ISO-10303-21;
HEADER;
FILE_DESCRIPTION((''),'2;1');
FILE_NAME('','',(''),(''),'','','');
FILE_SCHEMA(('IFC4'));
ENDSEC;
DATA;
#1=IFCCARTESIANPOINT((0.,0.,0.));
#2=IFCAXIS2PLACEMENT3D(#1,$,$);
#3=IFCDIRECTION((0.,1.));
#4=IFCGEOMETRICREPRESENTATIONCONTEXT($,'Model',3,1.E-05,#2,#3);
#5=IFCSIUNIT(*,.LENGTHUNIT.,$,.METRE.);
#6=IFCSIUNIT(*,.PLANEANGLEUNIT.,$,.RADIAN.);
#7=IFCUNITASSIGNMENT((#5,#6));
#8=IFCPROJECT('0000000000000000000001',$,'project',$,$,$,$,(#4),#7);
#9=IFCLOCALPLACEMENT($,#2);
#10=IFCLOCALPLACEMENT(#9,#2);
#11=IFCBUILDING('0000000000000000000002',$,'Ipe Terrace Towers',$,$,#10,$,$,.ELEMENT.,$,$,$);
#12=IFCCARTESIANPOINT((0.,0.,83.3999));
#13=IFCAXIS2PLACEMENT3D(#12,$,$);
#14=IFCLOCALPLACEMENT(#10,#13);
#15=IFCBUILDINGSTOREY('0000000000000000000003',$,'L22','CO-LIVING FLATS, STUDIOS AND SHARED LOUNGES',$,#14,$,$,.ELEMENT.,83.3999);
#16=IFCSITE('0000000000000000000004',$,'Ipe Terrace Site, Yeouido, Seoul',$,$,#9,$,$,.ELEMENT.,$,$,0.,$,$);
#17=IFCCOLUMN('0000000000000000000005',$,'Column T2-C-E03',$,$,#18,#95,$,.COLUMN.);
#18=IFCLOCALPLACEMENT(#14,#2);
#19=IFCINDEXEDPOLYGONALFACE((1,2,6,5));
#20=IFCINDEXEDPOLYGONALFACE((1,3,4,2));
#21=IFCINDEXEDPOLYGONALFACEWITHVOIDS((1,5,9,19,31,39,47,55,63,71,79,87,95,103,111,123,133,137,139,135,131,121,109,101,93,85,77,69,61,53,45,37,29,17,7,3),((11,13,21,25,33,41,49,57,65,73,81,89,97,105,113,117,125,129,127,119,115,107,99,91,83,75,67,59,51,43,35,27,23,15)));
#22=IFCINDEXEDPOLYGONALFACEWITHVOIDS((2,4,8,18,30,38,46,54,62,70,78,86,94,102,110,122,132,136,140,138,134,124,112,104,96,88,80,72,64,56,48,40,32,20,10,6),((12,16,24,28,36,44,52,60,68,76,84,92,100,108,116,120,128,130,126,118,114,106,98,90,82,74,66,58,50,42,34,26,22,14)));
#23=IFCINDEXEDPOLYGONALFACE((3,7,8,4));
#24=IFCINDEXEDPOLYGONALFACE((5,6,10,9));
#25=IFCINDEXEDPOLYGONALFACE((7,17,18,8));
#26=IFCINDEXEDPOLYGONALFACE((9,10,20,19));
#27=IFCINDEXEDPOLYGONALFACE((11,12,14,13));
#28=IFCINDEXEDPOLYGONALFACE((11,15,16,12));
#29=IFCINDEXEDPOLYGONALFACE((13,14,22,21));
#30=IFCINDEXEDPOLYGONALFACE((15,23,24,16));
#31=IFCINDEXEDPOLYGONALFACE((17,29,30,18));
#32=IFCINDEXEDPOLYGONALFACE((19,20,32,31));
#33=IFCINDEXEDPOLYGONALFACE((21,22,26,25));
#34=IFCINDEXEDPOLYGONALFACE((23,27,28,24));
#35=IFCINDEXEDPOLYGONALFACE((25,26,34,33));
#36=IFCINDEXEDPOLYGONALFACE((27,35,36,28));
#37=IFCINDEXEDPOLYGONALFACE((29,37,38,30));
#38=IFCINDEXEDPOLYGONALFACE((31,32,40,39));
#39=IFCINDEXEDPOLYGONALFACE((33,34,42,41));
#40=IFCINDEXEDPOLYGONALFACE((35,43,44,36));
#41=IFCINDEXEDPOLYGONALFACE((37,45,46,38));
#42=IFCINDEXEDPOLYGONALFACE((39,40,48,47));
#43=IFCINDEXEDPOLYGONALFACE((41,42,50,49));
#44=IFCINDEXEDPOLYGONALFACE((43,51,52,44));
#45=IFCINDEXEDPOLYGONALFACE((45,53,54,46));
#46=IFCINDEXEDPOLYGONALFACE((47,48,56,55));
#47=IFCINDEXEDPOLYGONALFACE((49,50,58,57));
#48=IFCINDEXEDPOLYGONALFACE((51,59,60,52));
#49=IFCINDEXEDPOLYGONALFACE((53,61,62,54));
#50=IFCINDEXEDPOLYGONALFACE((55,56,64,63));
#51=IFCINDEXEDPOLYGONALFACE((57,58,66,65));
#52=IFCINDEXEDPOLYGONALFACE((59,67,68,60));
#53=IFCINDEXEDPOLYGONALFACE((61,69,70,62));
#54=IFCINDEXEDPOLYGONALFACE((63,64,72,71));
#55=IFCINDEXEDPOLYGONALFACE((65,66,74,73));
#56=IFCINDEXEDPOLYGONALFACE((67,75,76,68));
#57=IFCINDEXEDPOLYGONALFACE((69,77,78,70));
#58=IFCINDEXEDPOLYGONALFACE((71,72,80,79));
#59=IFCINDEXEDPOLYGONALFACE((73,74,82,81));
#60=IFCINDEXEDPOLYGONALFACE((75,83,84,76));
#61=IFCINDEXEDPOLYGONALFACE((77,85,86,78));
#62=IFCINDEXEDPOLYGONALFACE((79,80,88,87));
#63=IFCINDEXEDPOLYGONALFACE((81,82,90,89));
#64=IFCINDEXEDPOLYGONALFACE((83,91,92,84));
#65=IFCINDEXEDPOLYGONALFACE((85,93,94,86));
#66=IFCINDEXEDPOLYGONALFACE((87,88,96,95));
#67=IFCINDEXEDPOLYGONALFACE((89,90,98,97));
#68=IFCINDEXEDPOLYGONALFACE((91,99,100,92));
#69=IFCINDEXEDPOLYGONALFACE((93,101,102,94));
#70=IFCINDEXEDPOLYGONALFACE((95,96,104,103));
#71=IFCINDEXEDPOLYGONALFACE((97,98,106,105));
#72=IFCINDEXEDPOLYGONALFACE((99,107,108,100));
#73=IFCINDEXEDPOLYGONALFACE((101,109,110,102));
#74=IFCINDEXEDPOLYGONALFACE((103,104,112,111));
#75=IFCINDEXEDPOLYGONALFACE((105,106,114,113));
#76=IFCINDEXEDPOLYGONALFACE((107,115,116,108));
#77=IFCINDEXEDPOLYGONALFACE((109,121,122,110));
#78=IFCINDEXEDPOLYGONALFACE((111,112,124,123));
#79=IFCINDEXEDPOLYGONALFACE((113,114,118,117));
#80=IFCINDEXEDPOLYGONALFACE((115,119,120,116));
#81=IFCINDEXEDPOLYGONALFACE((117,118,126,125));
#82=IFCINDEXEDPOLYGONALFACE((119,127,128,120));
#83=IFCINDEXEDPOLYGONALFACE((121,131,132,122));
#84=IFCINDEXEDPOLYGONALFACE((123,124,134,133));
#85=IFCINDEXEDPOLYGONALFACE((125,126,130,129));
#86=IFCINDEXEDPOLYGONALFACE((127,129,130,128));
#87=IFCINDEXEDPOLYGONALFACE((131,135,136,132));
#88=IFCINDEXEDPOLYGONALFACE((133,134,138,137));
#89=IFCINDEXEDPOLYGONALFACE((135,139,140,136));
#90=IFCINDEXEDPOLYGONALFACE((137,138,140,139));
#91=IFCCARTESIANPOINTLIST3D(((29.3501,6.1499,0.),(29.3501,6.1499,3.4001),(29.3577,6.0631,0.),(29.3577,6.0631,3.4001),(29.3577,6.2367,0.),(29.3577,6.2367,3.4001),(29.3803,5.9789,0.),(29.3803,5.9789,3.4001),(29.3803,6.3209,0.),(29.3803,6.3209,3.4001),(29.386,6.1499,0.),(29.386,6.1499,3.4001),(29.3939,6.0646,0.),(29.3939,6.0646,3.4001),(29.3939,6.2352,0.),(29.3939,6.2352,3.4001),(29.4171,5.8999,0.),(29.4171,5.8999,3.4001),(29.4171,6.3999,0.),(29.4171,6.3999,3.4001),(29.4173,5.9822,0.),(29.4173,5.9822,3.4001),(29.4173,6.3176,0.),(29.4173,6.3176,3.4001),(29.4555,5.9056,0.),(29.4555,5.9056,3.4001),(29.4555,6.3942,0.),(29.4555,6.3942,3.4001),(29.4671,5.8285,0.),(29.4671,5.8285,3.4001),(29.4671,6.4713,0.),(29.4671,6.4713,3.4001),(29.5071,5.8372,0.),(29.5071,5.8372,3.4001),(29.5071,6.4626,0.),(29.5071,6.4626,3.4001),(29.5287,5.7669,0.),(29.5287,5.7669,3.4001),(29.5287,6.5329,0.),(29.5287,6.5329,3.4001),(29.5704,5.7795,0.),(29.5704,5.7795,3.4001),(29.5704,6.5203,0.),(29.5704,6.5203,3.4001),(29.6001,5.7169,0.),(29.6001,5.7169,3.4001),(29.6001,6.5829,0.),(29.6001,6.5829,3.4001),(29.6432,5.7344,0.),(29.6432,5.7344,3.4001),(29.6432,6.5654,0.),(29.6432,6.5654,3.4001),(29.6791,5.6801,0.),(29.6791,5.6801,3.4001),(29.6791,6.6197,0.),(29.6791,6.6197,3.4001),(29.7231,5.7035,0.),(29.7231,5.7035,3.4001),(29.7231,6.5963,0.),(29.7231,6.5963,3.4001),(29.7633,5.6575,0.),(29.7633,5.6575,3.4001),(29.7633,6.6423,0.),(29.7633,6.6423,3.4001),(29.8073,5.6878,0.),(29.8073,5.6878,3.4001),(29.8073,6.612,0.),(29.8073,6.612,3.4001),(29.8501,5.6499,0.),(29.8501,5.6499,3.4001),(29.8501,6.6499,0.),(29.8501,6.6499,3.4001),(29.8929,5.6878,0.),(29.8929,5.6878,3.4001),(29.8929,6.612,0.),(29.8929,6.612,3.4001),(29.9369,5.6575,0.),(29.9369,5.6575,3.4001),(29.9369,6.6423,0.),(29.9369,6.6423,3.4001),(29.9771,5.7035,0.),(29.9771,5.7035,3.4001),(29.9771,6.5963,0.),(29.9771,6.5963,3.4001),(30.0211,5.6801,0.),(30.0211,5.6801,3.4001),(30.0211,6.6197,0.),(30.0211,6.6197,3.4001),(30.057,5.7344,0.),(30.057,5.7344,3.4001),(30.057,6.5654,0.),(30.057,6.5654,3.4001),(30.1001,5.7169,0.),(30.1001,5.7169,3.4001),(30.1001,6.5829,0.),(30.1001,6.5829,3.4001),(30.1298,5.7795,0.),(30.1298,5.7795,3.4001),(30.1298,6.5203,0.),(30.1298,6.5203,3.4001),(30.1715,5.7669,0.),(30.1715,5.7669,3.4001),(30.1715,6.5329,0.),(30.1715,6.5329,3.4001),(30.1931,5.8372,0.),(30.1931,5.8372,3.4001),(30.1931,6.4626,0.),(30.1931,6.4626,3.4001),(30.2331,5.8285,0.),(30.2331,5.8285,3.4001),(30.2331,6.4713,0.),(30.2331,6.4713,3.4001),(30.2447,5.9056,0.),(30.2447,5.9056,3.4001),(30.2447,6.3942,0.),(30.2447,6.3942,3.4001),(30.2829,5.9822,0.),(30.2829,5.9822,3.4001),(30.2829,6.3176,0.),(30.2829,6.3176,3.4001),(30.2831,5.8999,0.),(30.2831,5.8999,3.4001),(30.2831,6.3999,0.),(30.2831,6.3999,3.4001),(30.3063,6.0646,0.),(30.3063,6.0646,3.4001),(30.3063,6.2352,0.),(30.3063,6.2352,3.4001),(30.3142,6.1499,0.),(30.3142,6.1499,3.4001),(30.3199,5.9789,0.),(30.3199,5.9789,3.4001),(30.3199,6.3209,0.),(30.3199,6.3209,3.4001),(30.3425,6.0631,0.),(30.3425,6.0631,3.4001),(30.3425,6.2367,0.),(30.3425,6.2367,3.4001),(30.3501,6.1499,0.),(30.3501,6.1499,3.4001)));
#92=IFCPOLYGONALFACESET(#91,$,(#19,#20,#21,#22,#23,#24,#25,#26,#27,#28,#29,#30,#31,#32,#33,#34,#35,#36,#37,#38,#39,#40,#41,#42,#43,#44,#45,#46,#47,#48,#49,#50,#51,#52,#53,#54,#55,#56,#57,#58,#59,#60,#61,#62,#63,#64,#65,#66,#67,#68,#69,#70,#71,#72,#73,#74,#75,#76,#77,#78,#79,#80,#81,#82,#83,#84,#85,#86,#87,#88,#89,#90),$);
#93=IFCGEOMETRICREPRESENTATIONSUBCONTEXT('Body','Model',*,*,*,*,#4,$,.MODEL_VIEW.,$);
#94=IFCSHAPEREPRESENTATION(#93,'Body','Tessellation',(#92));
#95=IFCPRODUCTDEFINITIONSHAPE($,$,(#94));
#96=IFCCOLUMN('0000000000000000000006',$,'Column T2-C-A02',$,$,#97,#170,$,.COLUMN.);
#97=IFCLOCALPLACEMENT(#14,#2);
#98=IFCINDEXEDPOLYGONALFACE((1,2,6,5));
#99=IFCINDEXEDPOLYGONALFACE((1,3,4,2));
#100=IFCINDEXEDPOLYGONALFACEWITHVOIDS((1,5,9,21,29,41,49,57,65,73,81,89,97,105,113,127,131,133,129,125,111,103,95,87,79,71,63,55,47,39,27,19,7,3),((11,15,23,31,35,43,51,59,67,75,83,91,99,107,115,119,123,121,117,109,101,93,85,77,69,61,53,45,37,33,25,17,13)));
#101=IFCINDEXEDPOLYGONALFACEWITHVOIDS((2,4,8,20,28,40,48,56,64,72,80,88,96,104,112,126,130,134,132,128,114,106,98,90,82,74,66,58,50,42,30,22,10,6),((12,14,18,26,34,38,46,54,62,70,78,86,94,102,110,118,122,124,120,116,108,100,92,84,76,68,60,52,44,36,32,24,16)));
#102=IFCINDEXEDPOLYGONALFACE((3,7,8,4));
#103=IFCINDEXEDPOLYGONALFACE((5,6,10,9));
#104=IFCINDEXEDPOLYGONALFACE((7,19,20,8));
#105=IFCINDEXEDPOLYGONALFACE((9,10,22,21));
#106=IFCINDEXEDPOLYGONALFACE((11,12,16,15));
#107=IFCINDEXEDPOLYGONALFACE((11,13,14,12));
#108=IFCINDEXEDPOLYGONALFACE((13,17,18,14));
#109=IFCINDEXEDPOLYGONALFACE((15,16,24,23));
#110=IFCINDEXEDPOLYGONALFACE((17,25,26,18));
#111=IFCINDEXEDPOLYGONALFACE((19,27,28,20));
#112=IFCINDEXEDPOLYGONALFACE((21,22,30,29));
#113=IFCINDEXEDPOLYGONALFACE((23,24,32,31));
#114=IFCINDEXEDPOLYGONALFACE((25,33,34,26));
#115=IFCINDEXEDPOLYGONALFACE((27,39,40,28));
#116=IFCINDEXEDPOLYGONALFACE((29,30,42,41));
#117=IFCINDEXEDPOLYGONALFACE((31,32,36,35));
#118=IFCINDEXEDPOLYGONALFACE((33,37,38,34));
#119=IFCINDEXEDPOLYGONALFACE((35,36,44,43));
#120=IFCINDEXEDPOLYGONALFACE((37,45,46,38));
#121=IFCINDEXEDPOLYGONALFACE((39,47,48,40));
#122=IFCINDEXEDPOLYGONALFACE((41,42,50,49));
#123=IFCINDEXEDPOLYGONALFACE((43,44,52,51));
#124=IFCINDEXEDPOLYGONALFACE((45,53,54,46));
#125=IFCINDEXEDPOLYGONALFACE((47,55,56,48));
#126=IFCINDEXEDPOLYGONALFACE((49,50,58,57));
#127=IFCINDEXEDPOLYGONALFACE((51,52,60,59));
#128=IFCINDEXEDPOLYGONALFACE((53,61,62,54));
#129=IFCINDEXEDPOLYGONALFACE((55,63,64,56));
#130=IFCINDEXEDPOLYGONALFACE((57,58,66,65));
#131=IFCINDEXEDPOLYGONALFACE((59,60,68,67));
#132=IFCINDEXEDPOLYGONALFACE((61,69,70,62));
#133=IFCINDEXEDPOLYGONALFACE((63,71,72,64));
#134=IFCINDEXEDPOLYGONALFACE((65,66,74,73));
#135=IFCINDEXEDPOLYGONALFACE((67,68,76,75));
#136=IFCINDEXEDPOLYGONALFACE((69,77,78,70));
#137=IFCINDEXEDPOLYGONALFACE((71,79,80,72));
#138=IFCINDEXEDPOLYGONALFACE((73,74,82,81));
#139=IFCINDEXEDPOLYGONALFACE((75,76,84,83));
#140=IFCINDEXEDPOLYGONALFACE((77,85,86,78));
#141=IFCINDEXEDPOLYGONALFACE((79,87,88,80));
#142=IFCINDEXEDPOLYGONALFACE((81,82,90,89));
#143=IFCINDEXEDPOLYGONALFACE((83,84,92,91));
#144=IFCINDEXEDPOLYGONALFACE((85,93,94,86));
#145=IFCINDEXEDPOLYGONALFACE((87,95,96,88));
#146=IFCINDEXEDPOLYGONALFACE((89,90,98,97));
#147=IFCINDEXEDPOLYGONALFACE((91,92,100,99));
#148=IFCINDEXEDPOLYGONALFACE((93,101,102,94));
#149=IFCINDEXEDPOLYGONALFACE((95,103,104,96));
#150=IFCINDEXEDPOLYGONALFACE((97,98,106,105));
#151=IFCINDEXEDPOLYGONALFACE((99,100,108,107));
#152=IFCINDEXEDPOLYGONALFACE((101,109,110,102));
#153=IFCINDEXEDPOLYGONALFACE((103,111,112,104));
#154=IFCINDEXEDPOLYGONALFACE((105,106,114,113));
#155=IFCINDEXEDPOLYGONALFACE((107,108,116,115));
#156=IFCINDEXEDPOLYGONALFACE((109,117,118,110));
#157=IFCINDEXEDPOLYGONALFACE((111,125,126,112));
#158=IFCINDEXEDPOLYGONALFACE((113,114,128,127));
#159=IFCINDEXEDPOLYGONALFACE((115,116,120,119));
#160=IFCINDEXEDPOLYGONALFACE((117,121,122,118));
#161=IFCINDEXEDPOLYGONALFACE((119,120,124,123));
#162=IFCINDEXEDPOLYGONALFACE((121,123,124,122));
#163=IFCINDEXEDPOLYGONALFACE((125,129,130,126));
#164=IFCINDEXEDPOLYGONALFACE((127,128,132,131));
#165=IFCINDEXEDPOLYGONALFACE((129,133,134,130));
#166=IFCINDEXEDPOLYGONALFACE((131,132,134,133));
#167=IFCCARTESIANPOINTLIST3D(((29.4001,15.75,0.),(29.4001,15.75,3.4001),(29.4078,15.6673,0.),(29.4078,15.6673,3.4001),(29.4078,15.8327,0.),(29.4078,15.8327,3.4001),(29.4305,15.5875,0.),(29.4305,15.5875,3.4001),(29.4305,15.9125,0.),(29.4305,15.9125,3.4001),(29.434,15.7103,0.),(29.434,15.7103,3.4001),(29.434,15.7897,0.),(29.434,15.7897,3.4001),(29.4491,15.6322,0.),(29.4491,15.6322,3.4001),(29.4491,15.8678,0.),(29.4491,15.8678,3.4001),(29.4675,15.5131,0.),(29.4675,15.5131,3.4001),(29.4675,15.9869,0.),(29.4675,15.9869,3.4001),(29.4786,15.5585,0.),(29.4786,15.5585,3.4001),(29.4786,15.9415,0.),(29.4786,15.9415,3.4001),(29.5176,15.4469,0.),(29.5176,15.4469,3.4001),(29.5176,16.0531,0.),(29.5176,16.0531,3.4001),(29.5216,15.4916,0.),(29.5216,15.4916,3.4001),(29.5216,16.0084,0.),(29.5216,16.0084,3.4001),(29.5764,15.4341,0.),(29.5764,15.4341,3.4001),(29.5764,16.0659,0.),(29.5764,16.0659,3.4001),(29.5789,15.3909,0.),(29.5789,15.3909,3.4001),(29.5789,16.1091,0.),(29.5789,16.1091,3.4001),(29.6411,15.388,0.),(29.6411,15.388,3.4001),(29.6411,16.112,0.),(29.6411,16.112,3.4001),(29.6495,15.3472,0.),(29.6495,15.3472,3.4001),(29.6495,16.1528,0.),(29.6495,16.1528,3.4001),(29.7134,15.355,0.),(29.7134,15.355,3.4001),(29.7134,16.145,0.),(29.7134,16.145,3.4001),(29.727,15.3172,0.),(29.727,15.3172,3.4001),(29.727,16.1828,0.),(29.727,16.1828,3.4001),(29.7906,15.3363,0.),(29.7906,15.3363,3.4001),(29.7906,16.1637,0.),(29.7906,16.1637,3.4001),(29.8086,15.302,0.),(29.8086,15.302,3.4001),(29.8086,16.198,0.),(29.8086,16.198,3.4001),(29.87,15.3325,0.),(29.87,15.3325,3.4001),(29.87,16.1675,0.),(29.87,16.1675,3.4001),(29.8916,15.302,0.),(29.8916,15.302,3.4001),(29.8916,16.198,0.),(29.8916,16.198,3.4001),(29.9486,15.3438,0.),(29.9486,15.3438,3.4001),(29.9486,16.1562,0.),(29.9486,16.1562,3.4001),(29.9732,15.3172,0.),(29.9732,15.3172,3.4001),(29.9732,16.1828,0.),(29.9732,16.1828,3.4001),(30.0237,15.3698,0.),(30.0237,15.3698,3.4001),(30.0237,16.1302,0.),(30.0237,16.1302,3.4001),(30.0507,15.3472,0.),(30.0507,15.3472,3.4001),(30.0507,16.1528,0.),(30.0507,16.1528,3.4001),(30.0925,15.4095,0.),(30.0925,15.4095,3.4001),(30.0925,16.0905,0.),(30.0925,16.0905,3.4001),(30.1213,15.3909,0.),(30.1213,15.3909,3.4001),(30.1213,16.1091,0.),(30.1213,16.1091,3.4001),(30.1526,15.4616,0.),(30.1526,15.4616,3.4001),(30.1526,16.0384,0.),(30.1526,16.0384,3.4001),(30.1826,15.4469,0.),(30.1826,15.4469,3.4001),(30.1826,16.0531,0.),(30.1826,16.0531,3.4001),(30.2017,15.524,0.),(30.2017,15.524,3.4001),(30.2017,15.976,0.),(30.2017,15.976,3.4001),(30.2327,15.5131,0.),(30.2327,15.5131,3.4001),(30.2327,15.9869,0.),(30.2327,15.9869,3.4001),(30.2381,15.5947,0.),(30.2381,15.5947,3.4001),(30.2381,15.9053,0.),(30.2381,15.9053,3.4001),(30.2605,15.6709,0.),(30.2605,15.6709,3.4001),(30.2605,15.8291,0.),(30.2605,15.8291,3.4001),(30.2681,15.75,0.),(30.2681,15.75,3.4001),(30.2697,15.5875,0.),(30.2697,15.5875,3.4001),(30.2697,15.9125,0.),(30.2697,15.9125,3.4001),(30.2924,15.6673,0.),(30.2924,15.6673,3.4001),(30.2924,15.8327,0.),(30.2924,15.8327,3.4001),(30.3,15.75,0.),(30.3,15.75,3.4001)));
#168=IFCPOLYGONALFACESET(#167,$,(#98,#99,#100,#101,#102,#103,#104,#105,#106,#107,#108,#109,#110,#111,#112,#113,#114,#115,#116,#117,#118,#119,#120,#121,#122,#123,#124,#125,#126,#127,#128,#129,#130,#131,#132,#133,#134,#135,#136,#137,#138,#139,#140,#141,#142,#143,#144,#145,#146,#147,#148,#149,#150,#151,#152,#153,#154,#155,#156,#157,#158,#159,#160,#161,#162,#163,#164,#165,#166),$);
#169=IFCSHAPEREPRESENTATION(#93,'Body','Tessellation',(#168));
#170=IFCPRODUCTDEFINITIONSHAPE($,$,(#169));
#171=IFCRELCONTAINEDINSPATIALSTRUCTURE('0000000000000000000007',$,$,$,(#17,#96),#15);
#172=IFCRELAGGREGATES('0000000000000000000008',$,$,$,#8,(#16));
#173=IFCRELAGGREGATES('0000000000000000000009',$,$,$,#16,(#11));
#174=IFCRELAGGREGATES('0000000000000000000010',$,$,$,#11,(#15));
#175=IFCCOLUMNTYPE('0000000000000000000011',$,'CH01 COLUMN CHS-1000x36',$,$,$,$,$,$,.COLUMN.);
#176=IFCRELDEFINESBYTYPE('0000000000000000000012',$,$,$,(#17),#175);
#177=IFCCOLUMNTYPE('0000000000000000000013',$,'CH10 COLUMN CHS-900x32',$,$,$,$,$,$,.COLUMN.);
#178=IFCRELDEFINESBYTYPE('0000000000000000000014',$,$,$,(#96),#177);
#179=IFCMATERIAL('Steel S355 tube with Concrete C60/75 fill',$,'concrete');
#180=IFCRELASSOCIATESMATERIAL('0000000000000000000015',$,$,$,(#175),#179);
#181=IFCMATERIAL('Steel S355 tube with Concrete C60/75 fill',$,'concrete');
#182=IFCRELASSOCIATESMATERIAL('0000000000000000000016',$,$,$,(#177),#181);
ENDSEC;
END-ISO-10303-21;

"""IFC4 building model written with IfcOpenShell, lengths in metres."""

from ifc_helpers import new_model, si_unit, direction, frame, origin, origin_2d, place, context, subcontext, project, spatial, hollow_circle, extrude, material, material_profile, profile_set, type_object, element, save


model = new_model("IFC4")

# Units and contexts
model_context = context("Model", 3, precision=1e-05, world=origin(), true_north=direction((0.0, 1.0)))
body_context = subcontext(model_context, "Body", "Model", "MODEL_VIEW")
ifc_project = project(units=[si_unit("LENGTHUNIT", "METRE"), si_unit("PLANEANGLEUNIT", "RADIAN")], contexts=[model_context])

# Site, building, storey
site_placement = place(None, origin())
site = spatial("IfcSite", under=ifc_project, at=site_placement, Name="Ipe Terrace Site, Yeouido, Seoul", CompositionType="ELEMENT", RefElevation=0.0)
building_placement = place(site_placement, origin())
building = spatial("IfcBuilding", under=site, at=building_placement, Name="Ipe Terrace Towers", CompositionType="ELEMENT")
storey_placement = place(building_placement, frame((0.0, 0.0, 83.3999)))
storey = spatial("IfcBuildingStorey", under=building, at=storey_placement, Name="L22", Description="CO-LIVING FLATS, STUDIOS AND SHARED LOUNGES", CompositionType="ELEMENT", Elevation=83.3999)

# Columns
ifc_material_1 = material(Name="Steel S355 tube with Concrete C60/75 fill", Category="concrete")
ifc_material_profile_1 = material_profile(ifc_material_1, hollow_circle(Radius=0.5, WallThickness=0.0359, at=origin_2d()), Name="CHS-1000x36")
ifc_profile_set_1 = profile_set([ifc_material_profile_1], Name="Steel S355 tube with Concrete C60/75 fill")
column_type_1 = type_object("IfcColumnType", Name="CH01 COLUMN CHS-1000x36", PredefinedType="COLUMN", material=ifc_profile_set_1)
column_placement = place(storey_placement, frame((29.8501, 6.1499, 0.0), z_axis=(0.0, 0.0, 1.0), x_axis=(1.0, 0.0, 0.0)))
element("IfcColumn", 1, at=column_placement, inside=storey, type_object=column_type_1, Name="Column T2-C-E03", PredefinedType="COLUMN", context=body_context, shape_type="SweptSolid", body=[
    extrude(hollow_circle(Radius=0.5, WallThickness=0.0359, at=origin_2d()), origin(), (0.0, 0.0, 1.0), 3.4001),
])
ifc_material_2 = material(Name="Steel S355 tube with Concrete C60/75 fill", Category="concrete")
ifc_material_profile_2 = material_profile(ifc_material_2, hollow_circle(Radius=0.45, WallThickness=0.032, at=origin_2d()), Name="CHS-900x32")
ifc_profile_set_2 = profile_set([ifc_material_profile_2], Name="Steel S355 tube with Concrete C60/75 fill")
column_type_2 = type_object("IfcColumnType", Name="CH10 COLUMN CHS-900x32", PredefinedType="COLUMN", material=ifc_profile_set_2)
for number, where, z_axis, x_axis, name in (
    (2, (29.8501, 15.75, 0.0), (0.0, 0.0, 1.0), (1.0, 0.0, 0.0), "Column T2-C-A02"),
):
    element("IfcColumn", number, at=place(storey_placement, frame(where, z_axis=z_axis, x_axis=x_axis)), inside=storey, type_object=column_type_2, Name=name, PredefinedType="COLUMN", context=body_context, shape_type="SweptSolid", body=[
        extrude(hollow_circle(Radius=0.45, WallThickness=0.032, at=origin_2d()), origin(), (0.0, 0.0, 1.0), 3.4001),
    ])

save(model, "model.ifc")
